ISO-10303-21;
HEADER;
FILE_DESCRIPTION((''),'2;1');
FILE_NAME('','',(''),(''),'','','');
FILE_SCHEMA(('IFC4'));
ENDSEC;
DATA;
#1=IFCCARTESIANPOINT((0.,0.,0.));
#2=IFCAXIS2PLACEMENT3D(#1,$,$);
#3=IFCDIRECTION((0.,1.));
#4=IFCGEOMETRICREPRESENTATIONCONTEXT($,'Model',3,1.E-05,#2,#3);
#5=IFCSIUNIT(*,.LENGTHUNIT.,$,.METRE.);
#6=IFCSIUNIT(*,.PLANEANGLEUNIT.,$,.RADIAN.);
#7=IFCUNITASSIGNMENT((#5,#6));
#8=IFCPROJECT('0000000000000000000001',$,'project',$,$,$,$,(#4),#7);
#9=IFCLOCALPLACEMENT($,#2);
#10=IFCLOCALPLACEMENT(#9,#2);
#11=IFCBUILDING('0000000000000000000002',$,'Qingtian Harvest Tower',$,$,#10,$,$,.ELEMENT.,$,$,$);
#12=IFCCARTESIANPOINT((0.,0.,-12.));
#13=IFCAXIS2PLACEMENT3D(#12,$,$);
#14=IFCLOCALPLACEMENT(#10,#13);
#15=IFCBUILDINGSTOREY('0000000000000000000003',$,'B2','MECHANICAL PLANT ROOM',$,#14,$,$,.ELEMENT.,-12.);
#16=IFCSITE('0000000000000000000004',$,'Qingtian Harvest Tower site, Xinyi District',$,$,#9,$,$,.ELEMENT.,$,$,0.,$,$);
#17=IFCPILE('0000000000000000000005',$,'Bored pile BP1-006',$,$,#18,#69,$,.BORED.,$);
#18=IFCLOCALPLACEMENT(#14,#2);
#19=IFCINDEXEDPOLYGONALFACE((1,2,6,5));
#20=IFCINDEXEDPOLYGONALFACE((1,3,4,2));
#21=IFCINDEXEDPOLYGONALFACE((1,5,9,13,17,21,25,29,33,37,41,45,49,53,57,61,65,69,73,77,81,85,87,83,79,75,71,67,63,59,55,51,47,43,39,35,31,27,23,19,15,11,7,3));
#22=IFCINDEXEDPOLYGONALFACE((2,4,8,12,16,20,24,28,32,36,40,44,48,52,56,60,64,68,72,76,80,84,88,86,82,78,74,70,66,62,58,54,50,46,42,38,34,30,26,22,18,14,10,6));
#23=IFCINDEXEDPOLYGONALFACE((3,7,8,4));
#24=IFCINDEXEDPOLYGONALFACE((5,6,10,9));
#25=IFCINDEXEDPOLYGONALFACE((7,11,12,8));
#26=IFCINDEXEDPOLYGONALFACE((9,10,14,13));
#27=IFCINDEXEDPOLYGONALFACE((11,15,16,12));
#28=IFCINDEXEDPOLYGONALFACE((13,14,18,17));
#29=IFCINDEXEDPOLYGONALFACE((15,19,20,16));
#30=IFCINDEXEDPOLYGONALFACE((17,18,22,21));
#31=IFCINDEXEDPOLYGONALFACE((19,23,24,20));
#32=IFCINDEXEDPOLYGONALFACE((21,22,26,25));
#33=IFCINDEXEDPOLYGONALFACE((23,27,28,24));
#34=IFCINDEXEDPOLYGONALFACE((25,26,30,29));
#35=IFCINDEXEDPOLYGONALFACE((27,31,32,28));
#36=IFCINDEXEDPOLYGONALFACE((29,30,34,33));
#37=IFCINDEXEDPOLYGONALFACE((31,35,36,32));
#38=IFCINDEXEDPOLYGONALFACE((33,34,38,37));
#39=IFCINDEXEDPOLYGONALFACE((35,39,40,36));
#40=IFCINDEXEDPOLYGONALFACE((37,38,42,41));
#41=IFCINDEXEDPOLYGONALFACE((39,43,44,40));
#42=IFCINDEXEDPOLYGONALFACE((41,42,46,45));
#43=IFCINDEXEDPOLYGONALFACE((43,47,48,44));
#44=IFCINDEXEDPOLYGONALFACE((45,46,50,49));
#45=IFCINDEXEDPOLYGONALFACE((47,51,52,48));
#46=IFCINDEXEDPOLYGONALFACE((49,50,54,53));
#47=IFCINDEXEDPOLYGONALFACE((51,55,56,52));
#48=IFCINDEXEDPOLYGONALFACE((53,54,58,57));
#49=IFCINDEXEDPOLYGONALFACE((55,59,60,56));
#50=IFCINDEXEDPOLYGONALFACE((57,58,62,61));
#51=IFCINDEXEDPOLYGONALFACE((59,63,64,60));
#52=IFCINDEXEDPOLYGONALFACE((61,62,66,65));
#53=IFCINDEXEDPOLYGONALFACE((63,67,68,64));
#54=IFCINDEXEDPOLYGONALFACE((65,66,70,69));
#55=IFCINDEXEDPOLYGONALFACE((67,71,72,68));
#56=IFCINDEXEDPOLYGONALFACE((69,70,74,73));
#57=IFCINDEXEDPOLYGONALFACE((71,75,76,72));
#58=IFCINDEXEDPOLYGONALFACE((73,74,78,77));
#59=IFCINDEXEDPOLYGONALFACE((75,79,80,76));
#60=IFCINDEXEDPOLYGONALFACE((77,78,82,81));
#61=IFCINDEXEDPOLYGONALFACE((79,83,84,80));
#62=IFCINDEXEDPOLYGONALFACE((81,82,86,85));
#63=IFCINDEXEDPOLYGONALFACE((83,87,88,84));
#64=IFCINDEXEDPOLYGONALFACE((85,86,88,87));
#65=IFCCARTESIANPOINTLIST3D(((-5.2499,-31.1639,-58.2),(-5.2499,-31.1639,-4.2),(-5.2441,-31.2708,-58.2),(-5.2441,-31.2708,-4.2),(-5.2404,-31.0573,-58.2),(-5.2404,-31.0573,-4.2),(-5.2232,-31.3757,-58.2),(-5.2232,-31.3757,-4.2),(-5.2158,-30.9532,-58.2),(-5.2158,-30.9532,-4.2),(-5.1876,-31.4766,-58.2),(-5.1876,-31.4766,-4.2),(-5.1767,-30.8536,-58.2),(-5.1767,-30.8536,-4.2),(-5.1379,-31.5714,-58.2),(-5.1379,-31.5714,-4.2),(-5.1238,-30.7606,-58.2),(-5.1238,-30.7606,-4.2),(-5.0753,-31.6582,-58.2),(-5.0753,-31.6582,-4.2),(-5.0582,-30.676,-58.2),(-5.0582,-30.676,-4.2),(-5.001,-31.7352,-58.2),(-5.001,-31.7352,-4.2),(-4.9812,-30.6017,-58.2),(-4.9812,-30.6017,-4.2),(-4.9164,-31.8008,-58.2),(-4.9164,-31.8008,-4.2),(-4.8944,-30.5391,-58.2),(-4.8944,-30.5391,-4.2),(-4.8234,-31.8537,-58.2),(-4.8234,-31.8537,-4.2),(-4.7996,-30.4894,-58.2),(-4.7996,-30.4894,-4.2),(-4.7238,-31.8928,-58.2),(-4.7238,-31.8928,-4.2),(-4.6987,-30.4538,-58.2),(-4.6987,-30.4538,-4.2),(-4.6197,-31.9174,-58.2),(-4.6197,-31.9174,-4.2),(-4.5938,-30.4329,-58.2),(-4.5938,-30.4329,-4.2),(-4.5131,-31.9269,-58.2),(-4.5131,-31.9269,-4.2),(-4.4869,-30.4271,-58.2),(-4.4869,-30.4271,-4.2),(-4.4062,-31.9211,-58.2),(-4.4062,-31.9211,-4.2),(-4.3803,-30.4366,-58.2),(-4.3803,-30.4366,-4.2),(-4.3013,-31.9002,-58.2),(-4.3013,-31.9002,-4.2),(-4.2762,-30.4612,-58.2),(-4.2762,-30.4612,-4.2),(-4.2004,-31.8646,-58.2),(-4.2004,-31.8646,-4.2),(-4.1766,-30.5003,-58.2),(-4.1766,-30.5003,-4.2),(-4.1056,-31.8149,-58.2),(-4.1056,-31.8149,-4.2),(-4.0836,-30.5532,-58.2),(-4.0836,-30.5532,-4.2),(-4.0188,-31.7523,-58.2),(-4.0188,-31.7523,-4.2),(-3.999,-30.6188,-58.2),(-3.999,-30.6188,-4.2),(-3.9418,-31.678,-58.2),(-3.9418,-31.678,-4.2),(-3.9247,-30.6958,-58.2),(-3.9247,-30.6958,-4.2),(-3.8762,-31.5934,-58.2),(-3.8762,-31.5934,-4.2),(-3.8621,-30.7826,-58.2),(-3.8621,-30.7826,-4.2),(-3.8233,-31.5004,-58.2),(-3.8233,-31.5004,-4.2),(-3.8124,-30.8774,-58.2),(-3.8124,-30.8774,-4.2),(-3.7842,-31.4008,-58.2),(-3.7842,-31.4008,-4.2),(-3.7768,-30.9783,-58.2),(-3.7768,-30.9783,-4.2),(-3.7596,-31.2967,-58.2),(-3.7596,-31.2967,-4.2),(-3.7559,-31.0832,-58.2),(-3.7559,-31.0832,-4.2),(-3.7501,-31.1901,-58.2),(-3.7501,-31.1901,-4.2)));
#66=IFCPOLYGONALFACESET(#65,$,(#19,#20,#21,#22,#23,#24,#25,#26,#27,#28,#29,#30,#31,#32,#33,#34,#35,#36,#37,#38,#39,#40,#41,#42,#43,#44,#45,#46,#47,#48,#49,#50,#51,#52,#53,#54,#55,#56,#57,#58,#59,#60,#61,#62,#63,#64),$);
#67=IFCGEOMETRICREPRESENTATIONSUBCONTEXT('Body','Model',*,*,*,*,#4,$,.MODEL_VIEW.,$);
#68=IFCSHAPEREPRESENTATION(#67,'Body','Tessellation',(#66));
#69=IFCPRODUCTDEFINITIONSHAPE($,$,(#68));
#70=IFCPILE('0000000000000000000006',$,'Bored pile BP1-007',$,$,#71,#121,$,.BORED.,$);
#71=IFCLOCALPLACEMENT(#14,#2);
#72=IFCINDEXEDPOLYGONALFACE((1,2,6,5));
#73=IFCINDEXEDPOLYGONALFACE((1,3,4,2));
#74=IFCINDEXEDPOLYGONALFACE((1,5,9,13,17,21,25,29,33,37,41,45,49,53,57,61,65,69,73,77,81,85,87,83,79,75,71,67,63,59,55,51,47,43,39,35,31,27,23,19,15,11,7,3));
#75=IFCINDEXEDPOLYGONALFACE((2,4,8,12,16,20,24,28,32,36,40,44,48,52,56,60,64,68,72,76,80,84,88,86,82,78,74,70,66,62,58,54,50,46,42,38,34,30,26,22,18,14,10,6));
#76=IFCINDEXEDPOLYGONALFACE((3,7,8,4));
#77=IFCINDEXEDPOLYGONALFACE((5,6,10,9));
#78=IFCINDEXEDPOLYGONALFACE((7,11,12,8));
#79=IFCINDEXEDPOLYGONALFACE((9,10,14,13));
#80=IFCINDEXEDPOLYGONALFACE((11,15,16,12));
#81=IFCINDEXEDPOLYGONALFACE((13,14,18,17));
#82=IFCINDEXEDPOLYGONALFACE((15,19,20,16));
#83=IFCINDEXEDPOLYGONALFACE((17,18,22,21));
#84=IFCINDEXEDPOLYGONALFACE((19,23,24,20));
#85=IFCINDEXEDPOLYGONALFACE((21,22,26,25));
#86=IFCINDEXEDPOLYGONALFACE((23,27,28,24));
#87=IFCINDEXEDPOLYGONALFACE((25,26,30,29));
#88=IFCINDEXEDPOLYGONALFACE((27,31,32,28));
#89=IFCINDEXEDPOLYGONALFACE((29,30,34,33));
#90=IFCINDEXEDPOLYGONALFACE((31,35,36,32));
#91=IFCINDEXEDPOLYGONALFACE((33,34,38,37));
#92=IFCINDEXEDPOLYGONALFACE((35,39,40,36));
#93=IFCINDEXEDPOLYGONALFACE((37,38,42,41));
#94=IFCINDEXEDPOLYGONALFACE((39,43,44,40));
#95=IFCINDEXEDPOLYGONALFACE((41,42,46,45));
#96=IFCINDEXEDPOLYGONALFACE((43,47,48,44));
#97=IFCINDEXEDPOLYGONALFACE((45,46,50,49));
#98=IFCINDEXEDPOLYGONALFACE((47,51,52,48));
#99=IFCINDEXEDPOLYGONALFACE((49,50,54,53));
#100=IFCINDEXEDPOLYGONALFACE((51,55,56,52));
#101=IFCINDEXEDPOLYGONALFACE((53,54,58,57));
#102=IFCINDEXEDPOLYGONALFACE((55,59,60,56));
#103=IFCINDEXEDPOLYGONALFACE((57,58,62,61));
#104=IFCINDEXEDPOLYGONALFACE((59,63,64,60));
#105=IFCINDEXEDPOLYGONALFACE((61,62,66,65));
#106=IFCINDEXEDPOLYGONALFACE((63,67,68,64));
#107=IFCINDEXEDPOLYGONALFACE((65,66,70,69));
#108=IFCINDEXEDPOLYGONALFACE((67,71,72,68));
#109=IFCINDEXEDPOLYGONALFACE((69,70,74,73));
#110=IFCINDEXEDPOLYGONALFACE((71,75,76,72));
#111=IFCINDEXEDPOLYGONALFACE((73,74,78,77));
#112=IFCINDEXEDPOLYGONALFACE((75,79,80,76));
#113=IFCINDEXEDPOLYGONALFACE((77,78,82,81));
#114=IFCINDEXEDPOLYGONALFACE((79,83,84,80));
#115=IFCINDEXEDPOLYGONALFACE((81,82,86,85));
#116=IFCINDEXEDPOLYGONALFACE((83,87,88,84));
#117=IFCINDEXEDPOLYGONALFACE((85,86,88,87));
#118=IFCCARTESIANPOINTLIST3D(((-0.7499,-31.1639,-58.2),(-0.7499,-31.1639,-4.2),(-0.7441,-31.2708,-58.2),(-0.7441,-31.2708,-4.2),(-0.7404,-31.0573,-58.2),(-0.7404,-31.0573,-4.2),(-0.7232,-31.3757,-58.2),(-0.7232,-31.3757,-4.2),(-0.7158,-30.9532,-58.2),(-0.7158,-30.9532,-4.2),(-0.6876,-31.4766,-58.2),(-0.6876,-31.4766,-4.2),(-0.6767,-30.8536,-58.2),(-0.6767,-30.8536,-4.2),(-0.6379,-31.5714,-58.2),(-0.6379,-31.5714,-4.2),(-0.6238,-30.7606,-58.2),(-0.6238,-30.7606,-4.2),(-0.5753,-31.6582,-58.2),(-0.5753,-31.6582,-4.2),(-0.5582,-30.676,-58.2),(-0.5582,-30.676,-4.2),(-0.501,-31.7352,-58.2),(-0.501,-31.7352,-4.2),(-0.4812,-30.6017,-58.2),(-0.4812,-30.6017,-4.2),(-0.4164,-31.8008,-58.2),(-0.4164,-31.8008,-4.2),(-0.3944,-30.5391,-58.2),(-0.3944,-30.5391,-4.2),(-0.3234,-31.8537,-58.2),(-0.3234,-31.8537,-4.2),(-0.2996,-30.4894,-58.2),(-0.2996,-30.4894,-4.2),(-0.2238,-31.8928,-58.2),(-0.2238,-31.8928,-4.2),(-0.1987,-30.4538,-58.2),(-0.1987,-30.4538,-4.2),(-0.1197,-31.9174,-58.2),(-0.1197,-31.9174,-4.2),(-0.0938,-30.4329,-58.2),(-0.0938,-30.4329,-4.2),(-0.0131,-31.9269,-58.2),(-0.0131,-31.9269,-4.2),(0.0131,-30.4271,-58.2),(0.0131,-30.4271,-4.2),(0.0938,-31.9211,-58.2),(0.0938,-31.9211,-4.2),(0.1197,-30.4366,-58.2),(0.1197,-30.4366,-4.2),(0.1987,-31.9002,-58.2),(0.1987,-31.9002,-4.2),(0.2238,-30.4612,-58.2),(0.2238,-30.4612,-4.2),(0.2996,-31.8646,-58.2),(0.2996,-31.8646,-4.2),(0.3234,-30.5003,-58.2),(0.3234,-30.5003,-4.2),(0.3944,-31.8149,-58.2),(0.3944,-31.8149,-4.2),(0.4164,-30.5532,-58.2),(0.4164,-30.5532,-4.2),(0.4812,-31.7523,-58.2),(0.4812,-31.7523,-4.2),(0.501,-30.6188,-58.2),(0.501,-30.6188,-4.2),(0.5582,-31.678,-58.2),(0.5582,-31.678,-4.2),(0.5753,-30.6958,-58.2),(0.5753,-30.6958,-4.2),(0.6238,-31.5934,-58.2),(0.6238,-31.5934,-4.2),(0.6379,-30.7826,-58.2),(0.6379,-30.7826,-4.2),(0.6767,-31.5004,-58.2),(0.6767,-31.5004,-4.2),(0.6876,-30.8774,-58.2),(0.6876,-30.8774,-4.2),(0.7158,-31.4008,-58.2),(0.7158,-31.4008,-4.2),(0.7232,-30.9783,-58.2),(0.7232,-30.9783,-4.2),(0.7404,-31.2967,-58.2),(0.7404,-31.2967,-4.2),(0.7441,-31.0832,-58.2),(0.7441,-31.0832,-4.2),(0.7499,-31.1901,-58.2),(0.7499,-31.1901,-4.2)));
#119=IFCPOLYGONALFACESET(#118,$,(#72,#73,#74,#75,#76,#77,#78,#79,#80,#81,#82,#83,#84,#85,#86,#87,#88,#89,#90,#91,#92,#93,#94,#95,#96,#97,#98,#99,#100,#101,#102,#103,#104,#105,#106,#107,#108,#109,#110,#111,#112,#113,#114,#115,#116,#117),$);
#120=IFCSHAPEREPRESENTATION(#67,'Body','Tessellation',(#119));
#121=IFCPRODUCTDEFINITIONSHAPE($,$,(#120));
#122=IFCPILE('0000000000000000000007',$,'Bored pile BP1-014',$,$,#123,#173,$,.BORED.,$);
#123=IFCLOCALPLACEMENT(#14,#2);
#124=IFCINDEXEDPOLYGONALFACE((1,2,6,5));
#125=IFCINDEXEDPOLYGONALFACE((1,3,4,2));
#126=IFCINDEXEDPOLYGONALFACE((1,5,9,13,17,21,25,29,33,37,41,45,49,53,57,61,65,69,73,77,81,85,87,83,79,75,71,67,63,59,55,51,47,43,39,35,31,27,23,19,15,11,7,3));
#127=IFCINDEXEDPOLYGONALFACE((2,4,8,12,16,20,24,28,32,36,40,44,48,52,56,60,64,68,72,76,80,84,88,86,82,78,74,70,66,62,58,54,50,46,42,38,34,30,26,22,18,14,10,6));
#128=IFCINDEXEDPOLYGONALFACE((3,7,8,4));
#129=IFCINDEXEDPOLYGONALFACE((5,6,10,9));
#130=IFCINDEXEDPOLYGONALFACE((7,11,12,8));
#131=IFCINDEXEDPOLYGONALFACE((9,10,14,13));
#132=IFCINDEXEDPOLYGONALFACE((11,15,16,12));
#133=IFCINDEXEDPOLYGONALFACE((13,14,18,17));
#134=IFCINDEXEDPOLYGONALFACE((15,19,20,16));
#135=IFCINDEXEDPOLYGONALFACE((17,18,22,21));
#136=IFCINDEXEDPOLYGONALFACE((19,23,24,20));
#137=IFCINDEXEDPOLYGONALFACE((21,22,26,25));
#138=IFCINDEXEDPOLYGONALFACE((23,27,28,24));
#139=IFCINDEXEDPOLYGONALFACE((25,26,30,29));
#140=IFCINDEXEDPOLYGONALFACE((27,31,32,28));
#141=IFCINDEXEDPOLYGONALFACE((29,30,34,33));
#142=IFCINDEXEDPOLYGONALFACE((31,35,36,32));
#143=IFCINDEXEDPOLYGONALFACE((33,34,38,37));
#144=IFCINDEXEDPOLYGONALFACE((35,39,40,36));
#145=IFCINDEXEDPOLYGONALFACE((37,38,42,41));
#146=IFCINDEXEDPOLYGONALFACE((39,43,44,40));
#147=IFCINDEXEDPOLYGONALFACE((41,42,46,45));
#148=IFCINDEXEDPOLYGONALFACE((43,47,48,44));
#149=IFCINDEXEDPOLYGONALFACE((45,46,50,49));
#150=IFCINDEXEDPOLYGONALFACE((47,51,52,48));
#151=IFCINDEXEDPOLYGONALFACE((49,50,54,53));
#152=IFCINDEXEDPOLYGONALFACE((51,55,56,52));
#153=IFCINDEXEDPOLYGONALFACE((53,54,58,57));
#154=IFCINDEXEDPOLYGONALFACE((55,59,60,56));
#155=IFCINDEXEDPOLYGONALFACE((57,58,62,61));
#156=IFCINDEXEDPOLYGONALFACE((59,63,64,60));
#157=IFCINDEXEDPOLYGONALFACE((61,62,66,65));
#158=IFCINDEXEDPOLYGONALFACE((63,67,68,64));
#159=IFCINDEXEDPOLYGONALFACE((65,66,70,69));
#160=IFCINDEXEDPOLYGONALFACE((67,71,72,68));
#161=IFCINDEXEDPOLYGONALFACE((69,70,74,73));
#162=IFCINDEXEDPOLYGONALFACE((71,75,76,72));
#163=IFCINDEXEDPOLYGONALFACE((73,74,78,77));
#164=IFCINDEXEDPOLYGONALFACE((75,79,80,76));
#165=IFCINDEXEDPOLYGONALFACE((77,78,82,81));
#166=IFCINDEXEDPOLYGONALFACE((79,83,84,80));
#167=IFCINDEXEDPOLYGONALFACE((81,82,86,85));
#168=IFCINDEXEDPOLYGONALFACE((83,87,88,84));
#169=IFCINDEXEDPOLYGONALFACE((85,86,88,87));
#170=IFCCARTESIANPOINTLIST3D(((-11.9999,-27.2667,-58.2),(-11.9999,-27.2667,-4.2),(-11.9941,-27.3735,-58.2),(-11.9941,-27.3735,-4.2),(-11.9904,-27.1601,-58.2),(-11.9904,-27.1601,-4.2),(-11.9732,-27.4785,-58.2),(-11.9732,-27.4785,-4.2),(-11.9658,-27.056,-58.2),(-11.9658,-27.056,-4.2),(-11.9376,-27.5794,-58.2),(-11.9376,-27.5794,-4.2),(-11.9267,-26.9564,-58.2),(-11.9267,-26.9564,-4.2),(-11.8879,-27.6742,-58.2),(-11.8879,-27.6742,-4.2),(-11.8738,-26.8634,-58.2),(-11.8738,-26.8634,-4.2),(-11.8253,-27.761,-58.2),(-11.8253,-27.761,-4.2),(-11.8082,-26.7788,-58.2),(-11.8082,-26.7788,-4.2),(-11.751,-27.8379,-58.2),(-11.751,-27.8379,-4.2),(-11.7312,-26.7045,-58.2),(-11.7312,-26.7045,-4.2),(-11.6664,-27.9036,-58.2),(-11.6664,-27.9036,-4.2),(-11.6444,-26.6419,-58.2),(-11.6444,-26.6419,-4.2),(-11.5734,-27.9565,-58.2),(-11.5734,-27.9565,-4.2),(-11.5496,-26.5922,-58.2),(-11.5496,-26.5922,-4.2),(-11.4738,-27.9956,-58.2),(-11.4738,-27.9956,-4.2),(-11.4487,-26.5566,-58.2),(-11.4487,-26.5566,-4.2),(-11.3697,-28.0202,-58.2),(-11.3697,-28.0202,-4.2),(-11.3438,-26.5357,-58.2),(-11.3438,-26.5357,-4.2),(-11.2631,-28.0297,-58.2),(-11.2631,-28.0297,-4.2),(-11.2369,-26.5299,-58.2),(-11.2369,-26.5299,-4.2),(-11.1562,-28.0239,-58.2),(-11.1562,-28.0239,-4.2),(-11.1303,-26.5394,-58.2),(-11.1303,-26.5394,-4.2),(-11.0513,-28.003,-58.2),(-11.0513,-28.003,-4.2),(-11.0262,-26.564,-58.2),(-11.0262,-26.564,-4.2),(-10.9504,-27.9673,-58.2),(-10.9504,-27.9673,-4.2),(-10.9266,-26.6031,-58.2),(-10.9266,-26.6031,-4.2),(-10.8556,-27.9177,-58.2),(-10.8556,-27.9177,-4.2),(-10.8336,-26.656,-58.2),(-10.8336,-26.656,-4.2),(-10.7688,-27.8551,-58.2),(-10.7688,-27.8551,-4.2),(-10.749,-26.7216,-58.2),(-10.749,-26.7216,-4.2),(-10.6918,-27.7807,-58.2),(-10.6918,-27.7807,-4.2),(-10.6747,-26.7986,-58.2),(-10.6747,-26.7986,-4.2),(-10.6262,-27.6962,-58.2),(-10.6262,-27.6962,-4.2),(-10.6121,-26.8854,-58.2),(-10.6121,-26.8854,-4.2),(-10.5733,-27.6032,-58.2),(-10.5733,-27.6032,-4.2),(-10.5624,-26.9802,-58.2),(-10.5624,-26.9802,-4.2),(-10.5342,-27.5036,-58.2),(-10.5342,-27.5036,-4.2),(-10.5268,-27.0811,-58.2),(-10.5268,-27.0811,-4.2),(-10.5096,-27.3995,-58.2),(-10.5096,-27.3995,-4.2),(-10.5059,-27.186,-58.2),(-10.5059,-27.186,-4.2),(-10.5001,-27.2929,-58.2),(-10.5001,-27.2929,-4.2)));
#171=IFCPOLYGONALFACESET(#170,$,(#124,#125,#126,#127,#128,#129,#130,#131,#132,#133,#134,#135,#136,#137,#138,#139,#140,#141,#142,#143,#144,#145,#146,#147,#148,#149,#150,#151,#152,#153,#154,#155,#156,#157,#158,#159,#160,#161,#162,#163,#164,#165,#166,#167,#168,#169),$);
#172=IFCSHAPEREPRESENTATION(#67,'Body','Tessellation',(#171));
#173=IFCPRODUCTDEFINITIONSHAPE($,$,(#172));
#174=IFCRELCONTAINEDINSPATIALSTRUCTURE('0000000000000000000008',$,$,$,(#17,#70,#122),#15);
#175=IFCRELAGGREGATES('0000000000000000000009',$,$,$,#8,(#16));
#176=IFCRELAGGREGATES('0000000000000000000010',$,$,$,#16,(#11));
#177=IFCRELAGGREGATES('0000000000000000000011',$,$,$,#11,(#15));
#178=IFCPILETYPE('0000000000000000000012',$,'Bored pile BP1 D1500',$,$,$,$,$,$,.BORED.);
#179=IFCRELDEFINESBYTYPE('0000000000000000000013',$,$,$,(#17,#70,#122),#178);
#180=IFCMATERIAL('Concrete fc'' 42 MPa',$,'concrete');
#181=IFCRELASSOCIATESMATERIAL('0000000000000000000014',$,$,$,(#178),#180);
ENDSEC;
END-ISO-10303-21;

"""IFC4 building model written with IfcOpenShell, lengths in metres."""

from ifc_helpers import new_model, si_unit, direction, frame, frame_2d, origin, place, context, subcontext, project, spatial, circle, extrude, material, material_profile, profile_set, type_object, element, save


model = new_model("IFC4")

# Units and contexts
model_context = context("Model", 3, precision=1e-05, world=origin(), true_north=direction((0.0, 1.0)))
body_context = subcontext(model_context, "Body", "Model", "MODEL_VIEW")
ifc_project = project(units=[si_unit("LENGTHUNIT", "METRE"), si_unit("PLANEANGLEUNIT", "RADIAN")], contexts=[model_context])

# Site, building, storey
site_placement = place(None, origin())
site = spatial("IfcSite", under=ifc_project, at=site_placement, Name="Qingtian Harvest Tower site, Xinyi District", CompositionType="ELEMENT", RefElevation=0.0)
building_placement = place(site_placement, origin())
building = spatial("IfcBuilding", under=site, at=building_placement, Name="Qingtian Harvest Tower", CompositionType="ELEMENT")
storey_placement = place(building_placement, frame((0.0, 0.0, -12.0)))
storey = spatial("IfcBuildingStorey", under=building, at=storey_placement, Name="B2", Description="MECHANICAL PLANT ROOM", CompositionType="ELEMENT", Elevation=-12.0)

# Piles
ifc_material_1 = material(Name="Concrete fc' 42 MPa", Category="concrete")
ifc_material_profile_1 = material_profile(ifc_material_1, circle(Radius=0.75, at=frame_2d((0.0, 0.0), x_axis=(0.999848, 0.017452))), Name="Bored pile BP1 D1500")
ifc_profile_set_1 = profile_set([ifc_material_profile_1], Name="Concrete fc' 42 MPa")
pile_type = type_object("IfcPileType", Name="Bored pile BP1 D1500", PredefinedType="BORED", material=ifc_profile_set_1)
for number, where, z_axis, x_axis, name in (
    (1, (-4.5, -31.177, -4.2), (0.0, 0.0, -1.0), (1.0, 0.0, 0.0), "Bored pile BP1-006"),
    (2, (0.0, -31.177, -4.2), (0.0, 0.0, -1.0), (1.0, 0.0, 0.0), "Bored pile BP1-007"),
    (3, (-11.25, -27.2798, -4.2), (0.0, 0.0, -1.0), (1.0, 0.0, 0.0), "Bored pile BP1-014"),
):
    element("IfcPile", number, at=place(storey_placement, frame(where, z_axis=z_axis, x_axis=x_axis)), inside=storey, type_object=pile_type, Name=name, PredefinedType="BORED", context=body_context, shape_type="SweptSolid", body=[
        extrude(circle(Radius=0.75, at=frame_2d((0.0, 0.0), x_axis=(0.999848, 0.017452))), origin(), (0.0, 0.0, 1.0), 54.0),
    ])

save(model, "model.ifc")
